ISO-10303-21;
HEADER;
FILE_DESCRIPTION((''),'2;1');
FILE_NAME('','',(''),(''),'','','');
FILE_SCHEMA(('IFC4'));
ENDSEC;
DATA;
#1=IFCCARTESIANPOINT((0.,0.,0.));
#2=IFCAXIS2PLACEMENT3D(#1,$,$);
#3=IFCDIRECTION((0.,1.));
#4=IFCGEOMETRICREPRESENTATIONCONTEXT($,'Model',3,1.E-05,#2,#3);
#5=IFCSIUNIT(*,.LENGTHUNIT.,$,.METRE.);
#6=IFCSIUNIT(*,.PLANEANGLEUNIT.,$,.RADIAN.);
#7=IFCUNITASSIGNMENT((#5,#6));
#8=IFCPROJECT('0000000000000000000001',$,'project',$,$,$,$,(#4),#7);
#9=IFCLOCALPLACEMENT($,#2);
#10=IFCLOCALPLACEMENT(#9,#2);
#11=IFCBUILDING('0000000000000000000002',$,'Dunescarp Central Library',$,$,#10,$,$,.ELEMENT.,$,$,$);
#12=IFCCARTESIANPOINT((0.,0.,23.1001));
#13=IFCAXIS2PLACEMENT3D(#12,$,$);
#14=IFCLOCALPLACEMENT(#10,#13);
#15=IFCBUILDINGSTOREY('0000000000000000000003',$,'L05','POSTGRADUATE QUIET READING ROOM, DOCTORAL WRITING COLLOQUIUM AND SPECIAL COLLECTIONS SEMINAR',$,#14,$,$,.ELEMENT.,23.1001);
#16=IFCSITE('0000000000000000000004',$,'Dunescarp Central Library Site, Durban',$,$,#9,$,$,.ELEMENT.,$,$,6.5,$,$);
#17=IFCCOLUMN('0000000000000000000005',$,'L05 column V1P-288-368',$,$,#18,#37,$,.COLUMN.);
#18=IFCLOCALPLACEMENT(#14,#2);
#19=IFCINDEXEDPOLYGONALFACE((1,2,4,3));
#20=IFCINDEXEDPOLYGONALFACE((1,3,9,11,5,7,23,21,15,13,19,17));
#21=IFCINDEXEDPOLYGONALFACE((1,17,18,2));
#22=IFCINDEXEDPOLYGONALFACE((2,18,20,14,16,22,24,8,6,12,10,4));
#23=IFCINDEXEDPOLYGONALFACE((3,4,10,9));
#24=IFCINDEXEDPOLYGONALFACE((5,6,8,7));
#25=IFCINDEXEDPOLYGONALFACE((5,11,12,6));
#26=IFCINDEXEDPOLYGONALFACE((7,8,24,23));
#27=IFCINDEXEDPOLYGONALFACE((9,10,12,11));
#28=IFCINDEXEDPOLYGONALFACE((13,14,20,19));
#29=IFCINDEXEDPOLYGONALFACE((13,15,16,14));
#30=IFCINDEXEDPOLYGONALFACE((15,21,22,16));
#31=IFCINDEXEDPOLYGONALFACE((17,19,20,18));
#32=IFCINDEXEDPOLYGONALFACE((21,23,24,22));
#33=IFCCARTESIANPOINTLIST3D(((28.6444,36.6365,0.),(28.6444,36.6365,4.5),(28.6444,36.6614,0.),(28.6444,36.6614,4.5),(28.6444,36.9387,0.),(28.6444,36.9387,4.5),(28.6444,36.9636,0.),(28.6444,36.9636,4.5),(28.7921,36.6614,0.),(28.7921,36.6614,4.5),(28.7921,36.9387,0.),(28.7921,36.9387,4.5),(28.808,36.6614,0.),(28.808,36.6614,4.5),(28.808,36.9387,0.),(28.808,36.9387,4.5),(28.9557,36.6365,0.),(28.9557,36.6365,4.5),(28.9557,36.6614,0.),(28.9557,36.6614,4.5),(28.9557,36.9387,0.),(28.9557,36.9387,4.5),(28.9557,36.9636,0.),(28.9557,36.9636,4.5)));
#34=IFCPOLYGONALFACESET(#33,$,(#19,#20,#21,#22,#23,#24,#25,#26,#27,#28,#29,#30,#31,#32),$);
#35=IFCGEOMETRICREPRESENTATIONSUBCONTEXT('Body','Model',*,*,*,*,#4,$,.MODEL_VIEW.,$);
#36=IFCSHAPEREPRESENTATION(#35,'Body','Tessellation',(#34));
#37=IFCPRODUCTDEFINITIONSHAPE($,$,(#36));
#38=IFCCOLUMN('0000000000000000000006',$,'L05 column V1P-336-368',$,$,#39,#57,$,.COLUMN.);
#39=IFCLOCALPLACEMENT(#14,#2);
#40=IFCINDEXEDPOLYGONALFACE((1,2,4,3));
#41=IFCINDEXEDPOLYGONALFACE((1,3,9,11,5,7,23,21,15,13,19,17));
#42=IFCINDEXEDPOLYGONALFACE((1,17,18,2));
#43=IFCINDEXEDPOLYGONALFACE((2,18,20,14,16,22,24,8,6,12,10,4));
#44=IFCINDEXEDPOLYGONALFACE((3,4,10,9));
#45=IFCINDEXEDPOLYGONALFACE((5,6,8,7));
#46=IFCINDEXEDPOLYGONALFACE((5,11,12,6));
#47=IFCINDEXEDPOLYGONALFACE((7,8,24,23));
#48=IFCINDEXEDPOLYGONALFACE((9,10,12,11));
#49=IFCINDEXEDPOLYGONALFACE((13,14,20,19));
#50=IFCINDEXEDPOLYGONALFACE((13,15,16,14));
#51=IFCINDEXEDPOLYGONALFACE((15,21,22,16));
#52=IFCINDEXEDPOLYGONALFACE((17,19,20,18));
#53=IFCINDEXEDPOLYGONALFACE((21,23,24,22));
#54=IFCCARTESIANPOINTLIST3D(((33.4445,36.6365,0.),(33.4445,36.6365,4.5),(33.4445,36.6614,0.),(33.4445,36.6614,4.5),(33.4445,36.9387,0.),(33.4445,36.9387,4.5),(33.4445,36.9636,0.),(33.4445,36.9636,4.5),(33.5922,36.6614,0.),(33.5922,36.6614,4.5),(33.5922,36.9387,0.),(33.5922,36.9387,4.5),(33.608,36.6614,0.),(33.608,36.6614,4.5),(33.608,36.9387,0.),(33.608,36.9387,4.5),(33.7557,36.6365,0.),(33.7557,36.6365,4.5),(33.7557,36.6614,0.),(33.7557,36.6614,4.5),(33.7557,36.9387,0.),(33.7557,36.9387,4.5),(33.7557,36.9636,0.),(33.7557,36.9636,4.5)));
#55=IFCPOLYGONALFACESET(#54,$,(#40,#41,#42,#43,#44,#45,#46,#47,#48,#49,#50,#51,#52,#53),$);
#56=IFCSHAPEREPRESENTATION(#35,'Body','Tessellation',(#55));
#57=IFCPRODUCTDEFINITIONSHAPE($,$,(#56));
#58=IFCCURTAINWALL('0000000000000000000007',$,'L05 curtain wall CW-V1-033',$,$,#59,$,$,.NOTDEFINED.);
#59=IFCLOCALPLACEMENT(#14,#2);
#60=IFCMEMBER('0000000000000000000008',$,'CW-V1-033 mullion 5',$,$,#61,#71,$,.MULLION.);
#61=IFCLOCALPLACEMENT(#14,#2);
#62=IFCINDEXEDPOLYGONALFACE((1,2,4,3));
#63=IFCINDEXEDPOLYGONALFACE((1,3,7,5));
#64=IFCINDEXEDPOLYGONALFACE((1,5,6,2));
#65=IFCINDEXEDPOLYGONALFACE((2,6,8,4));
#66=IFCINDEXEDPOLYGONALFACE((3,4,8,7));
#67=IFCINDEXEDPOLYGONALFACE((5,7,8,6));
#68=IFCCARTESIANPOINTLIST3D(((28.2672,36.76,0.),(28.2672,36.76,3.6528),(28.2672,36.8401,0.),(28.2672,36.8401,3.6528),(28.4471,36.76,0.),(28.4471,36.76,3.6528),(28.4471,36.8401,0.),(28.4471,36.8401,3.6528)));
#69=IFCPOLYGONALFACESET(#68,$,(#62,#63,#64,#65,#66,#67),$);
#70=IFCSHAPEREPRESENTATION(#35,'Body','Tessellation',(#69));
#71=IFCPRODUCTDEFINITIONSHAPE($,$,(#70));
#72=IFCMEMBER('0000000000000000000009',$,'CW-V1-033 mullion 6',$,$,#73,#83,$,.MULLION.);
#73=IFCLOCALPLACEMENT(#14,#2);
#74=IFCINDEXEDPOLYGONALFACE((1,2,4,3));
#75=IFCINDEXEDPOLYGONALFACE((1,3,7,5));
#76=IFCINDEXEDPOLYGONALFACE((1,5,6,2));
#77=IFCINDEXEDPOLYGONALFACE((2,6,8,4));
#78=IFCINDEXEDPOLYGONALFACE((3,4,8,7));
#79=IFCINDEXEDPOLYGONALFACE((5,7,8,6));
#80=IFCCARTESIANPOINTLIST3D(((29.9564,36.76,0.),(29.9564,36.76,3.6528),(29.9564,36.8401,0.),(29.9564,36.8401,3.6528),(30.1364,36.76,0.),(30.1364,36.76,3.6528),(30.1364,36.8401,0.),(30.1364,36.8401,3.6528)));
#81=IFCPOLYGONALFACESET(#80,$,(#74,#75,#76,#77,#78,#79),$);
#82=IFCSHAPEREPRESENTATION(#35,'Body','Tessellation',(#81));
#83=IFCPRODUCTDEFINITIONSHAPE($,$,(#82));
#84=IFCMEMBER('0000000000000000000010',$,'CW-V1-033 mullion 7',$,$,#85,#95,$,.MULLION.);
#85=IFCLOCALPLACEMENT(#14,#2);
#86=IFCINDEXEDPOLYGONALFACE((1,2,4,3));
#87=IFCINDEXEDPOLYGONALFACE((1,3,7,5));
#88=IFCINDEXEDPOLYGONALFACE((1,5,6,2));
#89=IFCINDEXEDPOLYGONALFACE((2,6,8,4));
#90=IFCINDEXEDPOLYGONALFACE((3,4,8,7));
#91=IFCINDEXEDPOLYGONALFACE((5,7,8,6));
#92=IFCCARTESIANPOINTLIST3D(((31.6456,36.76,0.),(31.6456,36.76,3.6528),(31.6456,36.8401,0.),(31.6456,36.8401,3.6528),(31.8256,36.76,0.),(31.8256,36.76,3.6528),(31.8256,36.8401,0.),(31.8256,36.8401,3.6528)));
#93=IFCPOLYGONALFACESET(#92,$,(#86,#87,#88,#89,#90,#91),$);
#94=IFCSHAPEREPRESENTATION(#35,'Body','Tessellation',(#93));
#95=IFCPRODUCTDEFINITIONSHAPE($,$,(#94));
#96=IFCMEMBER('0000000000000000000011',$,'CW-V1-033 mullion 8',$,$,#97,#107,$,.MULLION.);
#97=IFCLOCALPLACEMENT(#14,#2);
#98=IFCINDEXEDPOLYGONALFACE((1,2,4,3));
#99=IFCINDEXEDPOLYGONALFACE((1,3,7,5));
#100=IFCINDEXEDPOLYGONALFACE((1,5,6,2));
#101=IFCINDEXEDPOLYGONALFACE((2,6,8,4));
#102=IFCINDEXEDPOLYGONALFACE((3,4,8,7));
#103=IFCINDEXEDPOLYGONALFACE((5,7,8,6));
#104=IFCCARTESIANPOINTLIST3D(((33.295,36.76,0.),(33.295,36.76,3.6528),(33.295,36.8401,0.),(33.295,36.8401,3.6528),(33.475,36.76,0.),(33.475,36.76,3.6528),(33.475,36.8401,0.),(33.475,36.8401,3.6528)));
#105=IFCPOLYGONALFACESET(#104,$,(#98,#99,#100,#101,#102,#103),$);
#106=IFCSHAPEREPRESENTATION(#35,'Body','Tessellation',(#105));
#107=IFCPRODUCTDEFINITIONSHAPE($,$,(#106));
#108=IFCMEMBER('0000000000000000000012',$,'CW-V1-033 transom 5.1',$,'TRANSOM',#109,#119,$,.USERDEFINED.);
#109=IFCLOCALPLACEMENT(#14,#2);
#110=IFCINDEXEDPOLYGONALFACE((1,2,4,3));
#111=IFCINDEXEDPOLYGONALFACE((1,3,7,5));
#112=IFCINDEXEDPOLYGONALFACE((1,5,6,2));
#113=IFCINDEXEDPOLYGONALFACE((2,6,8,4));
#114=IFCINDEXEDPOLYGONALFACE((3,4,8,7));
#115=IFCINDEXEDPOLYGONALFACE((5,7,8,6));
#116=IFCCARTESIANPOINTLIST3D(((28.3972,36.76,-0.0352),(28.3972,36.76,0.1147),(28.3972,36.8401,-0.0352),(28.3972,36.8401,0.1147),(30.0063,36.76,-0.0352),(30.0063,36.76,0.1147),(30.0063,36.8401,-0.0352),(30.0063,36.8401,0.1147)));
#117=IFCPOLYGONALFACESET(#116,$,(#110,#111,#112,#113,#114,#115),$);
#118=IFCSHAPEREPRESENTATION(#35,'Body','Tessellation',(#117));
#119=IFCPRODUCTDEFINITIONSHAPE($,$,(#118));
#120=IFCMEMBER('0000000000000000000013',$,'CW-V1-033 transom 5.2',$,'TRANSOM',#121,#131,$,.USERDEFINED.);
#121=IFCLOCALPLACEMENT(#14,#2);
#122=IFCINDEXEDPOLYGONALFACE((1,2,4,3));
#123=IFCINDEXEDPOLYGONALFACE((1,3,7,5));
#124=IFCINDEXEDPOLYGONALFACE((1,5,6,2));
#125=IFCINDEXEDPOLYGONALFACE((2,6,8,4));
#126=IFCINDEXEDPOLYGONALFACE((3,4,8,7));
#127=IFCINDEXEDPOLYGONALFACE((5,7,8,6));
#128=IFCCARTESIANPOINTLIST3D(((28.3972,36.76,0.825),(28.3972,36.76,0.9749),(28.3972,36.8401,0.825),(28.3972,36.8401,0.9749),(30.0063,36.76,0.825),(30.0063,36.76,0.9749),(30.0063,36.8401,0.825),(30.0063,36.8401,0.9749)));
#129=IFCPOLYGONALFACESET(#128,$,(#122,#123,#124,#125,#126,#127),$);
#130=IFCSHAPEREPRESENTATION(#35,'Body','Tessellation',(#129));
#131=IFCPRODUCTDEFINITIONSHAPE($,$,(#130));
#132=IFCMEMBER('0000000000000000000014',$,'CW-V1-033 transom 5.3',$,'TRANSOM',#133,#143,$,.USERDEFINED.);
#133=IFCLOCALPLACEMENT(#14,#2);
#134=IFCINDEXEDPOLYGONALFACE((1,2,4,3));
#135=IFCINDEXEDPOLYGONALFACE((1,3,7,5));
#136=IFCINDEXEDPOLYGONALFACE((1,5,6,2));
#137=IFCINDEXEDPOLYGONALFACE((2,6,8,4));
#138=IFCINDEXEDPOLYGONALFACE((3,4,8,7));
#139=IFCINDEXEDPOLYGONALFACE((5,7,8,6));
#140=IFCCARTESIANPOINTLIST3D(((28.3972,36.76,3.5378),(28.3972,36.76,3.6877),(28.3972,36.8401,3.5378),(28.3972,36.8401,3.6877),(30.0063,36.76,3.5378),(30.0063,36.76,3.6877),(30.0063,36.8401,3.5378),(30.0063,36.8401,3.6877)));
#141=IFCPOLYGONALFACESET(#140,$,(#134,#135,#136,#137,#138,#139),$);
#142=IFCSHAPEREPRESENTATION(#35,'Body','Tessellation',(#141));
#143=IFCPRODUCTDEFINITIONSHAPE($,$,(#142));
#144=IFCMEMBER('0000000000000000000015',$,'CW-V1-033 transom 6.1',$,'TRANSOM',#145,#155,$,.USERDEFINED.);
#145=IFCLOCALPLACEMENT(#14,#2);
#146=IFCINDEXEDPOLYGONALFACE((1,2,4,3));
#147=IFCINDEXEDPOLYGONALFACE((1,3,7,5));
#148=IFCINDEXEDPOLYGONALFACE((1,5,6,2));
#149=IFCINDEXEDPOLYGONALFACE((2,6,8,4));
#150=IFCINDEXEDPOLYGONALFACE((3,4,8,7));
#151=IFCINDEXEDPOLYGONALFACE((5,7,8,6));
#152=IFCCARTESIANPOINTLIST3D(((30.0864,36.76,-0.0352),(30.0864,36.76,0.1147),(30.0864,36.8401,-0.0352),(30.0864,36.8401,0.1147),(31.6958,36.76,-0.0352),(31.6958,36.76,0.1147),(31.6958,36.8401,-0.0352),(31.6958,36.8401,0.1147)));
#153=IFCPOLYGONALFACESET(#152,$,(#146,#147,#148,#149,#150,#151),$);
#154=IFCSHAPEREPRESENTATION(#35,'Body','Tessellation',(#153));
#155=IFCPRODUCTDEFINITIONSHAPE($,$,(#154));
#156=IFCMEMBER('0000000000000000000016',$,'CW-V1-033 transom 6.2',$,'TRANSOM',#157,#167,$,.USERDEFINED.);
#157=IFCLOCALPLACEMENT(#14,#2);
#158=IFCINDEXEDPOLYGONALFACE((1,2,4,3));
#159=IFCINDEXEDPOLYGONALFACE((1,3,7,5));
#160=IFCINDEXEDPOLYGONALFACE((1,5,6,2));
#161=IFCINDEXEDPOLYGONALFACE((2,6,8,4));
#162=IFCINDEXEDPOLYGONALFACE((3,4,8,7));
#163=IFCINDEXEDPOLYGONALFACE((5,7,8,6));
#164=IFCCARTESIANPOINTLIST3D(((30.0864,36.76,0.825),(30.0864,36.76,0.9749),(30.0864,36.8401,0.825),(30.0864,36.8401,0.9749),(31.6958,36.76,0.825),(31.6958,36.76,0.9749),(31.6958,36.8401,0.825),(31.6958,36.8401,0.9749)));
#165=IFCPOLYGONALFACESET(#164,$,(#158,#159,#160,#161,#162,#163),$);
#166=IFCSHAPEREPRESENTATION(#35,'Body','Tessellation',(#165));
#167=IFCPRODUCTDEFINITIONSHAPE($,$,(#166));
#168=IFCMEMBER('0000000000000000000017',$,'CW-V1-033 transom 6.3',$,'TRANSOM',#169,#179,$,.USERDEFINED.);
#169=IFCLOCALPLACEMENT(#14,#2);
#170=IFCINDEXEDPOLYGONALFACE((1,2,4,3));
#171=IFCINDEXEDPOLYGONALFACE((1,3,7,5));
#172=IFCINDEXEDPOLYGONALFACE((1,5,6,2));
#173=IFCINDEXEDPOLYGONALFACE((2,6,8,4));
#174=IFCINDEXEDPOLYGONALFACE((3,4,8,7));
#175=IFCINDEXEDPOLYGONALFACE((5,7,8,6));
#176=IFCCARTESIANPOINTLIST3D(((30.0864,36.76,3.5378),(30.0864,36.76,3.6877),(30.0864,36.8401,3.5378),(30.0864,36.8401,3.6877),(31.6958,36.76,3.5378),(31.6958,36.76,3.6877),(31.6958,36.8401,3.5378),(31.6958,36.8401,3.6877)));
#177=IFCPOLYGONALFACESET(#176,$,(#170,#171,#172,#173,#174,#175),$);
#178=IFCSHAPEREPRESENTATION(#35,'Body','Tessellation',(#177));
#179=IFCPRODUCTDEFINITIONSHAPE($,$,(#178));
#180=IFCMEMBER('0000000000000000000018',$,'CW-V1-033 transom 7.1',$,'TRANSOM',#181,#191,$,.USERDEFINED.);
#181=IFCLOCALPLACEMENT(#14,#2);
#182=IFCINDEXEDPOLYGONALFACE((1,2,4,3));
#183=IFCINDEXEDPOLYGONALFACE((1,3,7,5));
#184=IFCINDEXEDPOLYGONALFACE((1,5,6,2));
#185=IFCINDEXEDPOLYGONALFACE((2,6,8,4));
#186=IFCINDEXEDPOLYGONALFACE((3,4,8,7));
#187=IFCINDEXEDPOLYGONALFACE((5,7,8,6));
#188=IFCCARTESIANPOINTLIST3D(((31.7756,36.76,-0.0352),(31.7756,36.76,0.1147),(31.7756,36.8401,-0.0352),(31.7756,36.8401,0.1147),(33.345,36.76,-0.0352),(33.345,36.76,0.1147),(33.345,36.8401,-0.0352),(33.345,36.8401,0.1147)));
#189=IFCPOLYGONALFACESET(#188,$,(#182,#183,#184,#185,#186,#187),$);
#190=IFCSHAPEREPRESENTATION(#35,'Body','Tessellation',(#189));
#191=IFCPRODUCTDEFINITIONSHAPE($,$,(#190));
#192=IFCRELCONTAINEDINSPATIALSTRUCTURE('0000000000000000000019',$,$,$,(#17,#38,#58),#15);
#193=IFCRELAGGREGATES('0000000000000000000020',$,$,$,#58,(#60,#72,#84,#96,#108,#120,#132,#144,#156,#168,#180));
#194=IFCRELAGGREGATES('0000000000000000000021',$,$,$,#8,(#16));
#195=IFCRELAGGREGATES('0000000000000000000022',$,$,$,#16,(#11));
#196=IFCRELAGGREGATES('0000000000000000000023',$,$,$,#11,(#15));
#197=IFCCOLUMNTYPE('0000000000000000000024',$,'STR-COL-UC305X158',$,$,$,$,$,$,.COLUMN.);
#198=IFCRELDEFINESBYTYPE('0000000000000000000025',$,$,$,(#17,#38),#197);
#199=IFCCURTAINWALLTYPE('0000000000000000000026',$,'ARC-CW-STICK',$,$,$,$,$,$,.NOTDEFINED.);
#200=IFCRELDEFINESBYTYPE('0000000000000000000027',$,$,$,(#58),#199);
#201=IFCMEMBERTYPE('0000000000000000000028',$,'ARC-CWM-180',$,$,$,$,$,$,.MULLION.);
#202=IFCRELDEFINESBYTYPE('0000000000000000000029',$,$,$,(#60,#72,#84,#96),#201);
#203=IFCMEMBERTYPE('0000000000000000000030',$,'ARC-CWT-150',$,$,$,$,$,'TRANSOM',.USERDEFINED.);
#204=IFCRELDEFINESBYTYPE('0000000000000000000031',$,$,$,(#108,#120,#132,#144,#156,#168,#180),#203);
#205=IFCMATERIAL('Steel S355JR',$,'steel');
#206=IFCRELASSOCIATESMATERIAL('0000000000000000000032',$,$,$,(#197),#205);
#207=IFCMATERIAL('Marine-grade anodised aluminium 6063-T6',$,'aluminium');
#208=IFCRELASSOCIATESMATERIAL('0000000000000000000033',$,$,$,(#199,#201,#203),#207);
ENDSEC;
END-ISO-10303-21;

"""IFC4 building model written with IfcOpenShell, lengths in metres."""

from ifc_helpers import new_model, si_unit, direction, frame, origin, origin_2d, place, context, subcontext, project, spatial, rectangle, i_section, extrude, material, material_profile, profile_set, type_object, element, aggregate, save


model = new_model("IFC4")

# Units and contexts
model_context = context("Model", 3, precision=1e-05, world=origin(), true_north=direction((0.0, 1.0)))
body_context = subcontext(model_context, "Body", "Model", "MODEL_VIEW")
ifc_project = project(units=[si_unit("LENGTHUNIT", "METRE"), si_unit("PLANEANGLEUNIT", "RADIAN")], contexts=[model_context])

# Site, building, storey
site_placement = place(None, origin())
site = spatial("IfcSite", under=ifc_project, at=site_placement, Name="Dunescarp Central Library Site, Durban", CompositionType="ELEMENT", RefElevation=6.5)
building_placement = place(site_placement, origin())
building = spatial("IfcBuilding", under=site, at=building_placement, Name="Dunescarp Central Library", CompositionType="ELEMENT")
storey_placement = place(building_placement, frame((0.0, 0.0, 23.1001)))
storey = spatial("IfcBuildingStorey", under=building, at=storey_placement, Name="L05", Description="POSTGRADUATE QUIET READING ROOM, DOCTORAL WRITING COLLOQUIUM AND SPECIAL COLLECTIONS SEMINAR", CompositionType="ELEMENT", Elevation=23.1001)

# Columns
ifc_material_1 = material(Name="Steel S355JR", Category="steel")
ifc_material_profile_1 = material_profile(ifc_material_1, i_section(OverallWidth=0.3113, OverallDepth=0.3271, WebThickness=0.0159, FlangeThickness=0.0249, at=origin_2d()), Name="UC 305x305x158")
ifc_profile_set_1 = profile_set([ifc_material_profile_1], Name="Steel S355JR")
column_type = type_object("IfcColumnType", Name="STR-COL-UC305X158", PredefinedType="COLUMN", material=ifc_profile_set_1)
for number, where, z_axis, x_axis, name in (
    (1, (28.8, 36.8, 0.0), (0.0, 0.0, 1.0), (1.0, 0.0, 0.0), "L05 column V1P-288-368"),
    (2, (33.6001, 36.8, 0.0), (0.0, 0.0, 1.0), (1.0, 0.0, 0.0), "L05 column V1P-336-368"),
):
    element("IfcColumn", number, at=place(storey_placement, frame(where, z_axis=z_axis, x_axis=x_axis)), inside=storey, type_object=column_type, Name=name, PredefinedType="COLUMN", context=body_context, shape_type="SweptSolid", body=[
        extrude(i_section(OverallWidth=0.3113, OverallDepth=0.3271, WebThickness=0.0159, FlangeThickness=0.0249, at=origin_2d()), origin(), (0.0, 0.0, 1.0), 4.5),
    ])

# Curtain wall, members
ifc_material_2 = material(Name="Marine-grade anodised aluminium 6063-T6", Category="aluminium")
curtain_wall_type = type_object("IfcCurtainWallType", Name="ARC-CW-STICK", PredefinedType="NOTDEFINED", material=ifc_material_2)
curtain_wall_placement = place(storey_placement, origin())
curtain_wall = element("IfcCurtainWall", 3, at=curtain_wall_placement, inside=storey, type_object=curtain_wall_type, Name="L05 curtain wall CW-V1-033", PredefinedType="NOTDEFINED")
ifc_material_profile_2 = material_profile(ifc_material_2, rectangle(XDim=0.0801, YDim=0.1799, at=origin_2d()), Name="AL 80x180")
ifc_profile_set_2 = profile_set([ifc_material_profile_2], Name="Marine-grade anodised aluminium 6063-T6")
member_type_1 = type_object("IfcMemberType", Name="ARC-CWM-180", PredefinedType="MULLION", material=ifc_profile_set_2)
member_1_placement = place(storey_placement, frame((28.3572, 36.8, 0.0), z_axis=(0.0, 0.0, 1.0), x_axis=(0.0, 1.0, 0.0)))
member_1 = element("IfcMember", 4, at=member_1_placement, type_object=member_type_1, Name="CW-V1-033 mullion 5", PredefinedType="MULLION", context=body_context, shape_type="SweptSolid", body=[
    extrude(rectangle(XDim=0.0801, YDim=0.1799, at=origin_2d()), origin(), (0.0, 0.0, 1.0), 3.6528),
])
member_2_placement = place(storey_placement, frame((30.0464, 36.8, 0.0), z_axis=(0.0, 0.0, 1.0), x_axis=(0.0, 1.0, 0.0)))
member_2 = element("IfcMember", 5, at=member_2_placement, type_object=member_type_1, Name="CW-V1-033 mullion 6", PredefinedType="MULLION", context=body_context, shape_type="SweptSolid", body=[
    extrude(rectangle(XDim=0.0801, YDim=0.1799, at=origin_2d()), origin(), (0.0, 0.0, 1.0), 3.6528),
])
member_3_placement = place(storey_placement, frame((31.7356, 36.8, 0.0), z_axis=(0.0, 0.0, 1.0), x_axis=(0.0, 1.0, 0.0)))
member_3 = element("IfcMember", 6, at=member_3_placement, type_object=member_type_1, Name="CW-V1-033 mullion 7", PredefinedType="MULLION", context=body_context, shape_type="SweptSolid", body=[
    extrude(rectangle(XDim=0.0801, YDim=0.1799, at=origin_2d()), origin(), (0.0, 0.0, 1.0), 3.6528),
])
member_4_placement = place(storey_placement, frame((33.385, 36.8, 0.0), z_axis=(0.0, 0.0, 1.0), x_axis=(0.0, 1.0, 0.0)))
member_4 = element("IfcMember", 7, at=member_4_placement, type_object=member_type_1, Name="CW-V1-033 mullion 8", PredefinedType="MULLION", context=body_context, shape_type="SweptSolid", body=[
    extrude(rectangle(XDim=0.0801, YDim=0.1799, at=origin_2d()), origin(), (0.0, 0.0, 1.0), 3.6528),
])
ifc_material_profile_3 = material_profile(ifc_material_2, rectangle(XDim=0.0801, YDim=0.1499, at=origin_2d()), Name="AL 80x150")
ifc_profile_set_3 = profile_set([ifc_material_profile_3], Name="Marine-grade anodised aluminium 6063-T6")
member_type_2 = type_object("IfcMemberType", Name="ARC-CWT-150", ElementType="TRANSOM", PredefinedType="USERDEFINED", material=ifc_profile_set_3)
member_5_placement = place(storey_placement, frame((28.3972, 36.8, 0.0398), z_axis=(1.0, 0.0, 0.0), x_axis=(0.0, 1.0, 0.0)))
member_5 = element("IfcMember", 8, at=member_5_placement, type_object=member_type_2, Name="CW-V1-033 transom 5.1", ObjectType="TRANSOM", PredefinedType="USERDEFINED", context=body_context, shape_type="SweptSolid", body=[
    extrude(rectangle(XDim=0.0801, YDim=0.1499, at=origin_2d()), origin(), (0.0, 0.0, 1.0), 1.6091),
])
member_6_placement = place(storey_placement, frame((28.3972, 36.8, 0.8999), z_axis=(1.0, 0.0, 0.0), x_axis=(0.0, 1.0, 0.0)))
member_6 = element("IfcMember", 9, at=member_6_placement, type_object=member_type_2, Name="CW-V1-033 transom 5.2", ObjectType="TRANSOM", PredefinedType="USERDEFINED", context=body_context, shape_type="SweptSolid", body=[
    extrude(rectangle(XDim=0.0801, YDim=0.1499, at=origin_2d()), origin(), (0.0, 0.0, 1.0), 1.6091),
])
member_7_placement = place(storey_placement, frame((28.3972, 36.8, 3.6128), z_axis=(1.0, 0.0, 0.0), x_axis=(0.0, 1.0, 0.0)))
member_7 = element("IfcMember", 10, at=member_7_placement, type_object=member_type_2, Name="CW-V1-033 transom 5.3", ObjectType="TRANSOM", PredefinedType="USERDEFINED", context=body_context, shape_type="SweptSolid", body=[
    extrude(rectangle(XDim=0.0801, YDim=0.1499, at=origin_2d()), origin(), (0.0, 0.0, 1.0), 1.6091),
])
member_8_placement = place(storey_placement, frame((30.0864, 36.8, 0.0398), z_axis=(1.0, 0.0, 0.0), x_axis=(0.0, 1.0, 0.0)))
member_8 = element("IfcMember", 11, at=member_8_placement, type_object=member_type_2, Name="CW-V1-033 transom 6.1", ObjectType="TRANSOM", PredefinedType="USERDEFINED", context=body_context, shape_type="SweptSolid", body=[
    extrude(rectangle(XDim=0.0801, YDim=0.1499, at=origin_2d()), origin(), (0.0, 0.0, 1.0), 1.6094),
])
member_9_placement = place(storey_placement, frame((30.0864, 36.8, 0.8999), z_axis=(1.0, 0.0, 0.0), x_axis=(0.0, 1.0, 0.0)))
member_9 = element("IfcMember", 12, at=member_9_placement, type_object=member_type_2, Name="CW-V1-033 transom 6.2", ObjectType="TRANSOM", PredefinedType="USERDEFINED", context=body_context, shape_type="SweptSolid", body=[
    extrude(rectangle(XDim=0.0801, YDim=0.1499, at=origin_2d()), origin(), (0.0, 0.0, 1.0), 1.6094),
])
member_10_placement = place(storey_placement, frame((30.0864, 36.8, 3.6128), z_axis=(1.0, 0.0, 0.0), x_axis=(0.0, 1.0, 0.0)))
member_10 = element("IfcMember", 13, at=member_10_placement, type_object=member_type_2, Name="CW-V1-033 transom 6.3", ObjectType="TRANSOM", PredefinedType="USERDEFINED", context=body_context, shape_type="SweptSolid", body=[
    extrude(rectangle(XDim=0.0801, YDim=0.1499, at=origin_2d()), origin(), (0.0, 0.0, 1.0), 1.6094),
])
member_11_placement = place(storey_placement, frame((31.7756, 36.8, 0.0398), z_axis=(1.0, 0.0, 0.0), x_axis=(0.0, 1.0, 0.0)))
member_11 = element("IfcMember", 14, at=member_11_placement, type_object=member_type_2, Name="CW-V1-033 transom 7.1", ObjectType="TRANSOM", PredefinedType="USERDEFINED", context=body_context, shape_type="SweptSolid", body=[
    extrude(rectangle(XDim=0.0801, YDim=0.1499, at=origin_2d()), origin(), (0.0, 0.0, 1.0), 1.5693),
])
aggregate(curtain_wall, [member_1, member_2, member_3, member_4, member_5, member_6, member_7, member_8, member_9, member_10, member_11])

save(model, "model.ifc")
